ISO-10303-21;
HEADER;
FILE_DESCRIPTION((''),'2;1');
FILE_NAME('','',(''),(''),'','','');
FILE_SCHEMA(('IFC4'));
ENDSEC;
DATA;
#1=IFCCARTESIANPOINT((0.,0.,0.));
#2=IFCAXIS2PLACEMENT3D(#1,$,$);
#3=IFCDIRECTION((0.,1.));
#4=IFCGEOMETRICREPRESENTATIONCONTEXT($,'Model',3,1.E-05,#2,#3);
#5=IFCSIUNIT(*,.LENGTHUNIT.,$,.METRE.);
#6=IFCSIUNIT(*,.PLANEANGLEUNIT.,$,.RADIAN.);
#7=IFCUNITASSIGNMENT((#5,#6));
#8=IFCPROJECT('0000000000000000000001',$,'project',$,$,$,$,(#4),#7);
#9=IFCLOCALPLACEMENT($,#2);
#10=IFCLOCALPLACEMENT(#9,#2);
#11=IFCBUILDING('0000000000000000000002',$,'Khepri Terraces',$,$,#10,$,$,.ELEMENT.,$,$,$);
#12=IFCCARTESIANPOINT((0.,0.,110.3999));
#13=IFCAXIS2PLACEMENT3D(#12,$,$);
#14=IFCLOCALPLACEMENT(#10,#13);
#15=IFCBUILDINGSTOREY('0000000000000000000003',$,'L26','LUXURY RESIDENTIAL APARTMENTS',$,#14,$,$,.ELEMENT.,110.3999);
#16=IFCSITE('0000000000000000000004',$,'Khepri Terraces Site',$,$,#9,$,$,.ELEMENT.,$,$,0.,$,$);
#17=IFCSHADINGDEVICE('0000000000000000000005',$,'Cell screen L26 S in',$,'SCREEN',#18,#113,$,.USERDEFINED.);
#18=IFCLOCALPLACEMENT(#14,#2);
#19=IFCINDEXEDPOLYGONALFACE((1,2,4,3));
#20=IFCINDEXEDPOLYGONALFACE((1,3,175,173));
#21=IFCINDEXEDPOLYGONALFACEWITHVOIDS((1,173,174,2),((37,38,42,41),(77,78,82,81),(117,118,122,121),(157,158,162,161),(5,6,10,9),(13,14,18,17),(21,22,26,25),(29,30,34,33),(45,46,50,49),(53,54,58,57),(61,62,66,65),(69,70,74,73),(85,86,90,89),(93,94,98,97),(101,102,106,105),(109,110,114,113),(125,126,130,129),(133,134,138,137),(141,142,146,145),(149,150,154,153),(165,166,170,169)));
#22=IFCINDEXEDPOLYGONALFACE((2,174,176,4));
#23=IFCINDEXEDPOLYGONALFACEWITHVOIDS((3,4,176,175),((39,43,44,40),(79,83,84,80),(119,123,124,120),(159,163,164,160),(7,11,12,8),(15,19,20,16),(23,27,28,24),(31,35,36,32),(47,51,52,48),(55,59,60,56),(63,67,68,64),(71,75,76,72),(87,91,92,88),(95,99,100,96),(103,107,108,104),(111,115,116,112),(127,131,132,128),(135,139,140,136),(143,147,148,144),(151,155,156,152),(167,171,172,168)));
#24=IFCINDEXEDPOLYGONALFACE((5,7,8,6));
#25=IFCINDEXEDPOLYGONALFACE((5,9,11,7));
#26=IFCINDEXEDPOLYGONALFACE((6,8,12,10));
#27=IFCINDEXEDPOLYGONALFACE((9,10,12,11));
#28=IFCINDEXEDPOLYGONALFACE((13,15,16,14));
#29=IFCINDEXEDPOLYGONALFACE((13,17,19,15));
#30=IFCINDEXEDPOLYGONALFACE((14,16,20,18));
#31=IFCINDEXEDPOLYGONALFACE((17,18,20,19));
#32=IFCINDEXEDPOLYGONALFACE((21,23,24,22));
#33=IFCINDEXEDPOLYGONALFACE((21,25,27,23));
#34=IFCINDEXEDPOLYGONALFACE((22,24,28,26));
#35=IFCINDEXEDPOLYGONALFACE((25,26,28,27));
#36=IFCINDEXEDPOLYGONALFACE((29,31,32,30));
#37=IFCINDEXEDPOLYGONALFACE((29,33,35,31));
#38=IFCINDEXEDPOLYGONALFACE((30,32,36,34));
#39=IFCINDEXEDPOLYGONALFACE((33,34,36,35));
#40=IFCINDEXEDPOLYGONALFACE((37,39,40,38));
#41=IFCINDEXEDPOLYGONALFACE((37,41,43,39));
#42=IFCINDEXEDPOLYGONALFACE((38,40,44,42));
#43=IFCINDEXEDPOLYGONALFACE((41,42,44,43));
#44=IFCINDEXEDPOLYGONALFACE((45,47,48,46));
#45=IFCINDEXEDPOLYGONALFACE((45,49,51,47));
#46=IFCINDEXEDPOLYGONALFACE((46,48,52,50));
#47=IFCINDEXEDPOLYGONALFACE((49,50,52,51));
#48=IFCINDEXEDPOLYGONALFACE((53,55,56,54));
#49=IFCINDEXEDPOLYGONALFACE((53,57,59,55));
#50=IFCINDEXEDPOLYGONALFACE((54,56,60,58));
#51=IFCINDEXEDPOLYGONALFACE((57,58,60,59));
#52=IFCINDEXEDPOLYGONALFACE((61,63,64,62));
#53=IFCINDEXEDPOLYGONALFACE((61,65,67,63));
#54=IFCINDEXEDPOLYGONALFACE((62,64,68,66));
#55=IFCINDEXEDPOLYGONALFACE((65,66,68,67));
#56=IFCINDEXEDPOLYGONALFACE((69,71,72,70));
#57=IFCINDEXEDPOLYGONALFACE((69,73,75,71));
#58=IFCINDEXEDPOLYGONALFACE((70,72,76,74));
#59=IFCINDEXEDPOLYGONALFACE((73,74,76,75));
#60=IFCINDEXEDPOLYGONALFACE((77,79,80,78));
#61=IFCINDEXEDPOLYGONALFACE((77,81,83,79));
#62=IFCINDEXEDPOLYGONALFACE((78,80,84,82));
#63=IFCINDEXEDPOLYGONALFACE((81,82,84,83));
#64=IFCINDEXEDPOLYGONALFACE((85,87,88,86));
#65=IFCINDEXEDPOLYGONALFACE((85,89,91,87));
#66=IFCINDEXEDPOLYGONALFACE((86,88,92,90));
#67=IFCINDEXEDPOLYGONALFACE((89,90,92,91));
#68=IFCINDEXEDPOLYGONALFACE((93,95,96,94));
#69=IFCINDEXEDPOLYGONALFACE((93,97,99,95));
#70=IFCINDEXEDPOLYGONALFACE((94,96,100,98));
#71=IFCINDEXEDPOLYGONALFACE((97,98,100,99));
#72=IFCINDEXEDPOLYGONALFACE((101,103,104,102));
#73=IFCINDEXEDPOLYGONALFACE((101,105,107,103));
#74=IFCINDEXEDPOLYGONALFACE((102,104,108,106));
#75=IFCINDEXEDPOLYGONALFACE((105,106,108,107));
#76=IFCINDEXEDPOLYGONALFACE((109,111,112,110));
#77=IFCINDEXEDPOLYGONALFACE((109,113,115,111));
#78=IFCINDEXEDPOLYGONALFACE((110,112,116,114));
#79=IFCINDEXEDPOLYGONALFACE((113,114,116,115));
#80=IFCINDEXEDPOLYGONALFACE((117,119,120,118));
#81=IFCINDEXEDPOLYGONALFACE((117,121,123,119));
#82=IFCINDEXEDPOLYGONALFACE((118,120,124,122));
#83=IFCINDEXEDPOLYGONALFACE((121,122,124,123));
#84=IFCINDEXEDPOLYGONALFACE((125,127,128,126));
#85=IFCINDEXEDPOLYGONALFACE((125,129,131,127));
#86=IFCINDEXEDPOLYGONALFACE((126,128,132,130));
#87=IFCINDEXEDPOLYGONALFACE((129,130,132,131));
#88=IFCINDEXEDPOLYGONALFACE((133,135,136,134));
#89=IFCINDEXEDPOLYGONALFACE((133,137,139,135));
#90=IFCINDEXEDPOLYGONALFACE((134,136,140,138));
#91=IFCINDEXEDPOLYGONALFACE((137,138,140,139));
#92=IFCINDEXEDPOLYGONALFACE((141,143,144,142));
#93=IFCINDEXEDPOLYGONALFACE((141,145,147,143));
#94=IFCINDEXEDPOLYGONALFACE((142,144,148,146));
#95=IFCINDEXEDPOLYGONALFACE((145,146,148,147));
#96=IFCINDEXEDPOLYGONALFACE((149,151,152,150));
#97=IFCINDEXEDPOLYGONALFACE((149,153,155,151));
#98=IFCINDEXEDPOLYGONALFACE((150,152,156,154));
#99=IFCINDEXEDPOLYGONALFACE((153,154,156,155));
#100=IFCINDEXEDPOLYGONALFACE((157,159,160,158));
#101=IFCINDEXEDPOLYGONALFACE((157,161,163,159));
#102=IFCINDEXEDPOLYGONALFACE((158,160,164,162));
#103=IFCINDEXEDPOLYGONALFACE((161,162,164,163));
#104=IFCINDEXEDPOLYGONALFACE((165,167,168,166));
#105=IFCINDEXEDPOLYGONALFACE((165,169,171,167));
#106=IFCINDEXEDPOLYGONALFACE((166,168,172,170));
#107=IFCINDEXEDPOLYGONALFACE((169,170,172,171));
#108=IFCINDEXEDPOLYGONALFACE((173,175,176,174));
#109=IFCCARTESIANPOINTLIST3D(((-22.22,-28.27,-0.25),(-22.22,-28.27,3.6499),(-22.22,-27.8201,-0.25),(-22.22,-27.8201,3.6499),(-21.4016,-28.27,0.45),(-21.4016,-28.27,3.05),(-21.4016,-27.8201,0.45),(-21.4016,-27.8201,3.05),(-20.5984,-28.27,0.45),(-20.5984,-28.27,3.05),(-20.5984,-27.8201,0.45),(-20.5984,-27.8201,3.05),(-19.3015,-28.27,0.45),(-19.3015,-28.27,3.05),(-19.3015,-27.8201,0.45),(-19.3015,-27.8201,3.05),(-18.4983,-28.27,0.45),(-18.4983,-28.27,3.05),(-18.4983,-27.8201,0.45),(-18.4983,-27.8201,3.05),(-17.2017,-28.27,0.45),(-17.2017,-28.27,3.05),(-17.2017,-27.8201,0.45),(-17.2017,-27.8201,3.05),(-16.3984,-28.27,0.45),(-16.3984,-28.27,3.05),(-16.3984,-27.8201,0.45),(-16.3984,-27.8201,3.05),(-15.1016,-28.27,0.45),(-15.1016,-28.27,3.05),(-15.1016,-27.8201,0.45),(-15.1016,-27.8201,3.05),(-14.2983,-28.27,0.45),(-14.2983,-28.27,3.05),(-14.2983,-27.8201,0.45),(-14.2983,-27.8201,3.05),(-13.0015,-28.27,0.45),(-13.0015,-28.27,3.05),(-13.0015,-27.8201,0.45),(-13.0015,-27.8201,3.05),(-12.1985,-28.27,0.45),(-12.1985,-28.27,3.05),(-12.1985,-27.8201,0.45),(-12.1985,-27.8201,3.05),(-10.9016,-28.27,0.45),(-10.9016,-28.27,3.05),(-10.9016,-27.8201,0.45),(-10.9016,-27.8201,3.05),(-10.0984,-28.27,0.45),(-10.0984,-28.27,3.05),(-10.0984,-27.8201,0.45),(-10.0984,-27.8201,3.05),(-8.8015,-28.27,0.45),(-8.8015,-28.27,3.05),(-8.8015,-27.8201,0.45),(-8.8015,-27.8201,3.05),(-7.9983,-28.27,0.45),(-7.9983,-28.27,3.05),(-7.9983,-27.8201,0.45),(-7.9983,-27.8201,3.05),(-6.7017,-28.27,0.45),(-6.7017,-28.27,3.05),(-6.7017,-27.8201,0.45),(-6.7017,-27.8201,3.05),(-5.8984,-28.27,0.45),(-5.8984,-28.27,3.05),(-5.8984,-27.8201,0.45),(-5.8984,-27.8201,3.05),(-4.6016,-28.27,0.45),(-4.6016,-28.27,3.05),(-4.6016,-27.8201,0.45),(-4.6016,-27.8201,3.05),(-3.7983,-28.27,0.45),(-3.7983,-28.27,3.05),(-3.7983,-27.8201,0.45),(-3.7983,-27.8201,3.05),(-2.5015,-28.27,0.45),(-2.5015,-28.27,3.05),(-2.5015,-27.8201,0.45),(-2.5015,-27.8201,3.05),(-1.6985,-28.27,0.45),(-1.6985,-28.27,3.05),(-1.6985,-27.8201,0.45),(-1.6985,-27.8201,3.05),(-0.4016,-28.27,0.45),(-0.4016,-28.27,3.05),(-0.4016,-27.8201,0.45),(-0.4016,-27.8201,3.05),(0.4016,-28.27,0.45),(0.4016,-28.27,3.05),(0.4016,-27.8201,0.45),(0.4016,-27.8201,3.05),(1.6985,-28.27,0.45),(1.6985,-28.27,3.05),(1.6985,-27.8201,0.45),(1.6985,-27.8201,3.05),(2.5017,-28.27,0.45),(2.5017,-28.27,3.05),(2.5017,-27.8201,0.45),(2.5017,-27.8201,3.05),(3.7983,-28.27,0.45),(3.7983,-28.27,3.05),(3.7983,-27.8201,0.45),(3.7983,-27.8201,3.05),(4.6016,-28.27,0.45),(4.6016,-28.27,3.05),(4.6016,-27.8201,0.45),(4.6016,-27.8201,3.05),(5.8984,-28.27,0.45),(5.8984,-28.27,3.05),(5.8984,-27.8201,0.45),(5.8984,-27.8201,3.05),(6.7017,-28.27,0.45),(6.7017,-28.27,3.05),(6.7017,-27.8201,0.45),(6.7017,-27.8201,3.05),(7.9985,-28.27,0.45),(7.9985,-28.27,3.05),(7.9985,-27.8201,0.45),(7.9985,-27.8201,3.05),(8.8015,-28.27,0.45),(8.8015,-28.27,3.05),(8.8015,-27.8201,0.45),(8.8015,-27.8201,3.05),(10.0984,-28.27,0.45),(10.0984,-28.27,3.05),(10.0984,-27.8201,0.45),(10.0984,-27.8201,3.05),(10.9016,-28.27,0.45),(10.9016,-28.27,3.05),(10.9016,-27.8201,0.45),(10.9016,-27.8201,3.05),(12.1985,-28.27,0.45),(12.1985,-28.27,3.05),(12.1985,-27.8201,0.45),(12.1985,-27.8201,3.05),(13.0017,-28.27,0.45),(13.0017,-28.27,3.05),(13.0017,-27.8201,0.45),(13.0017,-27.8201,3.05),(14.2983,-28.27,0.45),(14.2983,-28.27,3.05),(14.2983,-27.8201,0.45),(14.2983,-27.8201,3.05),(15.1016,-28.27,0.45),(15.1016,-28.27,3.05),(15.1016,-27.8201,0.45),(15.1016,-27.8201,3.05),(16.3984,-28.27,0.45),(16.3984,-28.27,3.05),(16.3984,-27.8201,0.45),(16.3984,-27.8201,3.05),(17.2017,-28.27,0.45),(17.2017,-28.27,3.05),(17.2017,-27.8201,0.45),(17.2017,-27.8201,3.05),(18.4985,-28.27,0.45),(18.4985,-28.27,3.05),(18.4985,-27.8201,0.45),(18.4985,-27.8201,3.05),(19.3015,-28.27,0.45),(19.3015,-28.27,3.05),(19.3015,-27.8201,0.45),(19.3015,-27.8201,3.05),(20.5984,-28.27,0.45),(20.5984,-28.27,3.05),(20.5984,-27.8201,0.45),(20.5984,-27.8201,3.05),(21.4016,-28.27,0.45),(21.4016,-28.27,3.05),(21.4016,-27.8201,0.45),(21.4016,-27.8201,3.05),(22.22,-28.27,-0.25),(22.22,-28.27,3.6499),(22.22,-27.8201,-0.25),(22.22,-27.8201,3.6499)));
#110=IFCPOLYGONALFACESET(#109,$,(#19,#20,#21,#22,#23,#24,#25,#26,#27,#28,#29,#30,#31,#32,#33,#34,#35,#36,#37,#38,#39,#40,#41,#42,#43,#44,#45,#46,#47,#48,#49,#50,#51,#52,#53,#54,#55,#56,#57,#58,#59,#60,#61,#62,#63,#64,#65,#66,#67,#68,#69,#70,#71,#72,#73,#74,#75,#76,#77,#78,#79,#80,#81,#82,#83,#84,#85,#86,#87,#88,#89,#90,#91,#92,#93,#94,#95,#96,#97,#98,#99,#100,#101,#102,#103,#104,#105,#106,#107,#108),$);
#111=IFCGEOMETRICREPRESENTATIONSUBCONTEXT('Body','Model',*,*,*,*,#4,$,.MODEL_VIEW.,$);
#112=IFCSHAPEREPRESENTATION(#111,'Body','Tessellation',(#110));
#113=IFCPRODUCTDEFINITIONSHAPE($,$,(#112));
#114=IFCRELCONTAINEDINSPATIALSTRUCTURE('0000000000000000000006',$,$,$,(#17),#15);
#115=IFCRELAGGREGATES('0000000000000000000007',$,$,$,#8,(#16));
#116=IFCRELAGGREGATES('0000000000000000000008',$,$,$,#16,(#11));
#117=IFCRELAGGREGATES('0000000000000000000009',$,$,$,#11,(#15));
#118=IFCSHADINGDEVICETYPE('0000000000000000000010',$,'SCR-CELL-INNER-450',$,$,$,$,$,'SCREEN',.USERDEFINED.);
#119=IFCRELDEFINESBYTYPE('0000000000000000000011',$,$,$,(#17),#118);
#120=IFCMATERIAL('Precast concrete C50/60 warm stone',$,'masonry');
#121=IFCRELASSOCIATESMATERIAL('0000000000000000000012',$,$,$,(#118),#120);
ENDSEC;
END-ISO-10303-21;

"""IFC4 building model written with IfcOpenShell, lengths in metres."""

from ifc_helpers import new_model, si_unit, direction, frame, origin, place, context, subcontext, project, spatial, polyline, outline, extrude, material, type_object, element, save


model = new_model("IFC4")

# Units and contexts
model_context = context("Model", 3, precision=1e-05, world=origin(), true_north=direction((0.0, 1.0)))
body_context = subcontext(model_context, "Body", "Model", "MODEL_VIEW")
ifc_project = project(units=[si_unit("LENGTHUNIT", "METRE"), si_unit("PLANEANGLEUNIT", "RADIAN")], contexts=[model_context])

# Site, building, storey
site_placement = place(None, origin())
site = spatial("IfcSite", under=ifc_project, at=site_placement, Name="Khepri Terraces Site", CompositionType="ELEMENT", RefElevation=0.0)
building_placement = place(site_placement, origin())
building = spatial("IfcBuilding", under=site, at=building_placement, Name="Khepri Terraces", CompositionType="ELEMENT")
storey_placement = place(building_placement, frame((0.0, 0.0, 110.3999)))
storey = spatial("IfcBuildingStorey", under=building, at=storey_placement, Name="L26", Description="LUXURY RESIDENTIAL APARTMENTS", CompositionType="ELEMENT", Elevation=110.3999)

# Shared definitions
ifc_material_1 = material(Name="Precast concrete C50/60 warm stone", Category="masonry")

# Shading device
shading_device_type_1 = type_object("IfcShadingDeviceType", Name="SCR-CELL-INNER-450", ElementType="SCREEN", PredefinedType="USERDEFINED", material=ifc_material_1)
shading_device_1_placement = place(storey_placement, frame((-22.22, -27.8201, -0.25), z_axis=(0.0, -1.0, 0.0), x_axis=(1.0, 0.0, 0.0)))
element("IfcShadingDevice", 1, at=shading_device_1_placement, inside=storey, type_object=shading_device_type_1, Name="Cell screen L26 S in", ObjectType="SCREEN", PredefinedType="USERDEFINED", context=body_context, shape_type="SweptSolid", body=[
    extrude(outline(polyline([(0.0, 0.0), (44.4399, 0.0), (44.4399, 3.8999), (0.0, 3.8999), (0.0, 0.0)]), holes=[polyline([(0.8184, 0.7), (1.6216, 0.7), (1.6216, 3.3), (0.8184, 3.3), (0.8184, 0.7)]), polyline([(2.9185, 0.7), (3.7217, 0.7), (3.7217, 3.3), (2.9185, 3.3), (2.9185, 0.7)]), polyline([(5.0183, 0.7), (5.8215, 0.7), (5.8215, 3.3), (5.0183, 3.3), (5.0183, 0.7)]), polyline([(7.1184, 0.7), (7.9216, 0.7), (7.9216, 3.3), (7.1184, 3.3), (7.1184, 0.7)]), polyline([(9.2185, 0.7), (10.0215, 0.7), (10.0215, 3.3), (9.2185, 3.3), (9.2185, 0.7)]), polyline([(11.3184, 0.7), (12.1216, 0.7), (12.1216, 3.3), (11.3184, 3.3), (11.3184, 0.7)]), polyline([(13.4185, 0.7), (14.2217, 0.7), (14.2217, 3.3), (13.4185, 3.3), (13.4185, 0.7)]), polyline([(15.5183, 0.7), (16.3215, 0.7), (16.3215, 3.3), (15.5183, 3.3), (15.5183, 0.7)]), polyline([(17.6184, 0.7), (18.4216, 0.7), (18.4216, 3.3), (17.6184, 3.3), (17.6184, 0.7)]), polyline([(19.7185, 0.7), (20.5215, 0.7), (20.5215, 3.3), (19.7185, 3.3), (19.7185, 0.7)]), polyline([(21.8184, 0.7), (22.6216, 0.7), (22.6216, 3.3), (21.8184, 3.3), (21.8184, 0.7)]), polyline([(23.9185, 0.7), (24.7217, 0.7), (24.7217, 3.3), (23.9185, 3.3), (23.9185, 0.7)]), polyline([(26.0183, 0.7), (26.8215, 0.7), (26.8215, 3.3), (26.0183, 3.3), (26.0183, 0.7)]), polyline([(28.1184, 0.7), (28.9216, 0.7), (28.9216, 3.3), (28.1184, 3.3), (28.1184, 0.7)]), polyline([(30.2185, 0.7), (31.0215, 0.7), (31.0215, 3.3), (30.2185, 3.3), (30.2185, 0.7)]), polyline([(32.3184, 0.7), (33.1216, 0.7), (33.1216, 3.3), (32.3184, 3.3), (32.3184, 0.7)]), polyline([(34.4185, 0.7), (35.2217, 0.7), (35.2217, 3.3), (34.4185, 3.3), (34.4185, 0.7)]), polyline([(36.5183, 0.7), (37.3215, 0.7), (37.3215, 3.3), (36.5183, 3.3), (36.5183, 0.7)]), polyline([(38.6184, 0.7), (39.4216, 0.7), (39.4216, 3.3), (38.6184, 3.3), (38.6184, 0.7)]), polyline([(40.7185, 0.7), (41.5215, 0.7), (41.5215, 3.3), (40.7185, 3.3), (40.7185, 0.7)]), polyline([(42.8184, 0.7), (43.6216, 0.7), (43.6216, 3.3), (42.8184, 3.3), (42.8184, 0.7)])]), origin(), (0.0, 0.0, 1.0), 0.45),
])

save(model, "model.ifc")
